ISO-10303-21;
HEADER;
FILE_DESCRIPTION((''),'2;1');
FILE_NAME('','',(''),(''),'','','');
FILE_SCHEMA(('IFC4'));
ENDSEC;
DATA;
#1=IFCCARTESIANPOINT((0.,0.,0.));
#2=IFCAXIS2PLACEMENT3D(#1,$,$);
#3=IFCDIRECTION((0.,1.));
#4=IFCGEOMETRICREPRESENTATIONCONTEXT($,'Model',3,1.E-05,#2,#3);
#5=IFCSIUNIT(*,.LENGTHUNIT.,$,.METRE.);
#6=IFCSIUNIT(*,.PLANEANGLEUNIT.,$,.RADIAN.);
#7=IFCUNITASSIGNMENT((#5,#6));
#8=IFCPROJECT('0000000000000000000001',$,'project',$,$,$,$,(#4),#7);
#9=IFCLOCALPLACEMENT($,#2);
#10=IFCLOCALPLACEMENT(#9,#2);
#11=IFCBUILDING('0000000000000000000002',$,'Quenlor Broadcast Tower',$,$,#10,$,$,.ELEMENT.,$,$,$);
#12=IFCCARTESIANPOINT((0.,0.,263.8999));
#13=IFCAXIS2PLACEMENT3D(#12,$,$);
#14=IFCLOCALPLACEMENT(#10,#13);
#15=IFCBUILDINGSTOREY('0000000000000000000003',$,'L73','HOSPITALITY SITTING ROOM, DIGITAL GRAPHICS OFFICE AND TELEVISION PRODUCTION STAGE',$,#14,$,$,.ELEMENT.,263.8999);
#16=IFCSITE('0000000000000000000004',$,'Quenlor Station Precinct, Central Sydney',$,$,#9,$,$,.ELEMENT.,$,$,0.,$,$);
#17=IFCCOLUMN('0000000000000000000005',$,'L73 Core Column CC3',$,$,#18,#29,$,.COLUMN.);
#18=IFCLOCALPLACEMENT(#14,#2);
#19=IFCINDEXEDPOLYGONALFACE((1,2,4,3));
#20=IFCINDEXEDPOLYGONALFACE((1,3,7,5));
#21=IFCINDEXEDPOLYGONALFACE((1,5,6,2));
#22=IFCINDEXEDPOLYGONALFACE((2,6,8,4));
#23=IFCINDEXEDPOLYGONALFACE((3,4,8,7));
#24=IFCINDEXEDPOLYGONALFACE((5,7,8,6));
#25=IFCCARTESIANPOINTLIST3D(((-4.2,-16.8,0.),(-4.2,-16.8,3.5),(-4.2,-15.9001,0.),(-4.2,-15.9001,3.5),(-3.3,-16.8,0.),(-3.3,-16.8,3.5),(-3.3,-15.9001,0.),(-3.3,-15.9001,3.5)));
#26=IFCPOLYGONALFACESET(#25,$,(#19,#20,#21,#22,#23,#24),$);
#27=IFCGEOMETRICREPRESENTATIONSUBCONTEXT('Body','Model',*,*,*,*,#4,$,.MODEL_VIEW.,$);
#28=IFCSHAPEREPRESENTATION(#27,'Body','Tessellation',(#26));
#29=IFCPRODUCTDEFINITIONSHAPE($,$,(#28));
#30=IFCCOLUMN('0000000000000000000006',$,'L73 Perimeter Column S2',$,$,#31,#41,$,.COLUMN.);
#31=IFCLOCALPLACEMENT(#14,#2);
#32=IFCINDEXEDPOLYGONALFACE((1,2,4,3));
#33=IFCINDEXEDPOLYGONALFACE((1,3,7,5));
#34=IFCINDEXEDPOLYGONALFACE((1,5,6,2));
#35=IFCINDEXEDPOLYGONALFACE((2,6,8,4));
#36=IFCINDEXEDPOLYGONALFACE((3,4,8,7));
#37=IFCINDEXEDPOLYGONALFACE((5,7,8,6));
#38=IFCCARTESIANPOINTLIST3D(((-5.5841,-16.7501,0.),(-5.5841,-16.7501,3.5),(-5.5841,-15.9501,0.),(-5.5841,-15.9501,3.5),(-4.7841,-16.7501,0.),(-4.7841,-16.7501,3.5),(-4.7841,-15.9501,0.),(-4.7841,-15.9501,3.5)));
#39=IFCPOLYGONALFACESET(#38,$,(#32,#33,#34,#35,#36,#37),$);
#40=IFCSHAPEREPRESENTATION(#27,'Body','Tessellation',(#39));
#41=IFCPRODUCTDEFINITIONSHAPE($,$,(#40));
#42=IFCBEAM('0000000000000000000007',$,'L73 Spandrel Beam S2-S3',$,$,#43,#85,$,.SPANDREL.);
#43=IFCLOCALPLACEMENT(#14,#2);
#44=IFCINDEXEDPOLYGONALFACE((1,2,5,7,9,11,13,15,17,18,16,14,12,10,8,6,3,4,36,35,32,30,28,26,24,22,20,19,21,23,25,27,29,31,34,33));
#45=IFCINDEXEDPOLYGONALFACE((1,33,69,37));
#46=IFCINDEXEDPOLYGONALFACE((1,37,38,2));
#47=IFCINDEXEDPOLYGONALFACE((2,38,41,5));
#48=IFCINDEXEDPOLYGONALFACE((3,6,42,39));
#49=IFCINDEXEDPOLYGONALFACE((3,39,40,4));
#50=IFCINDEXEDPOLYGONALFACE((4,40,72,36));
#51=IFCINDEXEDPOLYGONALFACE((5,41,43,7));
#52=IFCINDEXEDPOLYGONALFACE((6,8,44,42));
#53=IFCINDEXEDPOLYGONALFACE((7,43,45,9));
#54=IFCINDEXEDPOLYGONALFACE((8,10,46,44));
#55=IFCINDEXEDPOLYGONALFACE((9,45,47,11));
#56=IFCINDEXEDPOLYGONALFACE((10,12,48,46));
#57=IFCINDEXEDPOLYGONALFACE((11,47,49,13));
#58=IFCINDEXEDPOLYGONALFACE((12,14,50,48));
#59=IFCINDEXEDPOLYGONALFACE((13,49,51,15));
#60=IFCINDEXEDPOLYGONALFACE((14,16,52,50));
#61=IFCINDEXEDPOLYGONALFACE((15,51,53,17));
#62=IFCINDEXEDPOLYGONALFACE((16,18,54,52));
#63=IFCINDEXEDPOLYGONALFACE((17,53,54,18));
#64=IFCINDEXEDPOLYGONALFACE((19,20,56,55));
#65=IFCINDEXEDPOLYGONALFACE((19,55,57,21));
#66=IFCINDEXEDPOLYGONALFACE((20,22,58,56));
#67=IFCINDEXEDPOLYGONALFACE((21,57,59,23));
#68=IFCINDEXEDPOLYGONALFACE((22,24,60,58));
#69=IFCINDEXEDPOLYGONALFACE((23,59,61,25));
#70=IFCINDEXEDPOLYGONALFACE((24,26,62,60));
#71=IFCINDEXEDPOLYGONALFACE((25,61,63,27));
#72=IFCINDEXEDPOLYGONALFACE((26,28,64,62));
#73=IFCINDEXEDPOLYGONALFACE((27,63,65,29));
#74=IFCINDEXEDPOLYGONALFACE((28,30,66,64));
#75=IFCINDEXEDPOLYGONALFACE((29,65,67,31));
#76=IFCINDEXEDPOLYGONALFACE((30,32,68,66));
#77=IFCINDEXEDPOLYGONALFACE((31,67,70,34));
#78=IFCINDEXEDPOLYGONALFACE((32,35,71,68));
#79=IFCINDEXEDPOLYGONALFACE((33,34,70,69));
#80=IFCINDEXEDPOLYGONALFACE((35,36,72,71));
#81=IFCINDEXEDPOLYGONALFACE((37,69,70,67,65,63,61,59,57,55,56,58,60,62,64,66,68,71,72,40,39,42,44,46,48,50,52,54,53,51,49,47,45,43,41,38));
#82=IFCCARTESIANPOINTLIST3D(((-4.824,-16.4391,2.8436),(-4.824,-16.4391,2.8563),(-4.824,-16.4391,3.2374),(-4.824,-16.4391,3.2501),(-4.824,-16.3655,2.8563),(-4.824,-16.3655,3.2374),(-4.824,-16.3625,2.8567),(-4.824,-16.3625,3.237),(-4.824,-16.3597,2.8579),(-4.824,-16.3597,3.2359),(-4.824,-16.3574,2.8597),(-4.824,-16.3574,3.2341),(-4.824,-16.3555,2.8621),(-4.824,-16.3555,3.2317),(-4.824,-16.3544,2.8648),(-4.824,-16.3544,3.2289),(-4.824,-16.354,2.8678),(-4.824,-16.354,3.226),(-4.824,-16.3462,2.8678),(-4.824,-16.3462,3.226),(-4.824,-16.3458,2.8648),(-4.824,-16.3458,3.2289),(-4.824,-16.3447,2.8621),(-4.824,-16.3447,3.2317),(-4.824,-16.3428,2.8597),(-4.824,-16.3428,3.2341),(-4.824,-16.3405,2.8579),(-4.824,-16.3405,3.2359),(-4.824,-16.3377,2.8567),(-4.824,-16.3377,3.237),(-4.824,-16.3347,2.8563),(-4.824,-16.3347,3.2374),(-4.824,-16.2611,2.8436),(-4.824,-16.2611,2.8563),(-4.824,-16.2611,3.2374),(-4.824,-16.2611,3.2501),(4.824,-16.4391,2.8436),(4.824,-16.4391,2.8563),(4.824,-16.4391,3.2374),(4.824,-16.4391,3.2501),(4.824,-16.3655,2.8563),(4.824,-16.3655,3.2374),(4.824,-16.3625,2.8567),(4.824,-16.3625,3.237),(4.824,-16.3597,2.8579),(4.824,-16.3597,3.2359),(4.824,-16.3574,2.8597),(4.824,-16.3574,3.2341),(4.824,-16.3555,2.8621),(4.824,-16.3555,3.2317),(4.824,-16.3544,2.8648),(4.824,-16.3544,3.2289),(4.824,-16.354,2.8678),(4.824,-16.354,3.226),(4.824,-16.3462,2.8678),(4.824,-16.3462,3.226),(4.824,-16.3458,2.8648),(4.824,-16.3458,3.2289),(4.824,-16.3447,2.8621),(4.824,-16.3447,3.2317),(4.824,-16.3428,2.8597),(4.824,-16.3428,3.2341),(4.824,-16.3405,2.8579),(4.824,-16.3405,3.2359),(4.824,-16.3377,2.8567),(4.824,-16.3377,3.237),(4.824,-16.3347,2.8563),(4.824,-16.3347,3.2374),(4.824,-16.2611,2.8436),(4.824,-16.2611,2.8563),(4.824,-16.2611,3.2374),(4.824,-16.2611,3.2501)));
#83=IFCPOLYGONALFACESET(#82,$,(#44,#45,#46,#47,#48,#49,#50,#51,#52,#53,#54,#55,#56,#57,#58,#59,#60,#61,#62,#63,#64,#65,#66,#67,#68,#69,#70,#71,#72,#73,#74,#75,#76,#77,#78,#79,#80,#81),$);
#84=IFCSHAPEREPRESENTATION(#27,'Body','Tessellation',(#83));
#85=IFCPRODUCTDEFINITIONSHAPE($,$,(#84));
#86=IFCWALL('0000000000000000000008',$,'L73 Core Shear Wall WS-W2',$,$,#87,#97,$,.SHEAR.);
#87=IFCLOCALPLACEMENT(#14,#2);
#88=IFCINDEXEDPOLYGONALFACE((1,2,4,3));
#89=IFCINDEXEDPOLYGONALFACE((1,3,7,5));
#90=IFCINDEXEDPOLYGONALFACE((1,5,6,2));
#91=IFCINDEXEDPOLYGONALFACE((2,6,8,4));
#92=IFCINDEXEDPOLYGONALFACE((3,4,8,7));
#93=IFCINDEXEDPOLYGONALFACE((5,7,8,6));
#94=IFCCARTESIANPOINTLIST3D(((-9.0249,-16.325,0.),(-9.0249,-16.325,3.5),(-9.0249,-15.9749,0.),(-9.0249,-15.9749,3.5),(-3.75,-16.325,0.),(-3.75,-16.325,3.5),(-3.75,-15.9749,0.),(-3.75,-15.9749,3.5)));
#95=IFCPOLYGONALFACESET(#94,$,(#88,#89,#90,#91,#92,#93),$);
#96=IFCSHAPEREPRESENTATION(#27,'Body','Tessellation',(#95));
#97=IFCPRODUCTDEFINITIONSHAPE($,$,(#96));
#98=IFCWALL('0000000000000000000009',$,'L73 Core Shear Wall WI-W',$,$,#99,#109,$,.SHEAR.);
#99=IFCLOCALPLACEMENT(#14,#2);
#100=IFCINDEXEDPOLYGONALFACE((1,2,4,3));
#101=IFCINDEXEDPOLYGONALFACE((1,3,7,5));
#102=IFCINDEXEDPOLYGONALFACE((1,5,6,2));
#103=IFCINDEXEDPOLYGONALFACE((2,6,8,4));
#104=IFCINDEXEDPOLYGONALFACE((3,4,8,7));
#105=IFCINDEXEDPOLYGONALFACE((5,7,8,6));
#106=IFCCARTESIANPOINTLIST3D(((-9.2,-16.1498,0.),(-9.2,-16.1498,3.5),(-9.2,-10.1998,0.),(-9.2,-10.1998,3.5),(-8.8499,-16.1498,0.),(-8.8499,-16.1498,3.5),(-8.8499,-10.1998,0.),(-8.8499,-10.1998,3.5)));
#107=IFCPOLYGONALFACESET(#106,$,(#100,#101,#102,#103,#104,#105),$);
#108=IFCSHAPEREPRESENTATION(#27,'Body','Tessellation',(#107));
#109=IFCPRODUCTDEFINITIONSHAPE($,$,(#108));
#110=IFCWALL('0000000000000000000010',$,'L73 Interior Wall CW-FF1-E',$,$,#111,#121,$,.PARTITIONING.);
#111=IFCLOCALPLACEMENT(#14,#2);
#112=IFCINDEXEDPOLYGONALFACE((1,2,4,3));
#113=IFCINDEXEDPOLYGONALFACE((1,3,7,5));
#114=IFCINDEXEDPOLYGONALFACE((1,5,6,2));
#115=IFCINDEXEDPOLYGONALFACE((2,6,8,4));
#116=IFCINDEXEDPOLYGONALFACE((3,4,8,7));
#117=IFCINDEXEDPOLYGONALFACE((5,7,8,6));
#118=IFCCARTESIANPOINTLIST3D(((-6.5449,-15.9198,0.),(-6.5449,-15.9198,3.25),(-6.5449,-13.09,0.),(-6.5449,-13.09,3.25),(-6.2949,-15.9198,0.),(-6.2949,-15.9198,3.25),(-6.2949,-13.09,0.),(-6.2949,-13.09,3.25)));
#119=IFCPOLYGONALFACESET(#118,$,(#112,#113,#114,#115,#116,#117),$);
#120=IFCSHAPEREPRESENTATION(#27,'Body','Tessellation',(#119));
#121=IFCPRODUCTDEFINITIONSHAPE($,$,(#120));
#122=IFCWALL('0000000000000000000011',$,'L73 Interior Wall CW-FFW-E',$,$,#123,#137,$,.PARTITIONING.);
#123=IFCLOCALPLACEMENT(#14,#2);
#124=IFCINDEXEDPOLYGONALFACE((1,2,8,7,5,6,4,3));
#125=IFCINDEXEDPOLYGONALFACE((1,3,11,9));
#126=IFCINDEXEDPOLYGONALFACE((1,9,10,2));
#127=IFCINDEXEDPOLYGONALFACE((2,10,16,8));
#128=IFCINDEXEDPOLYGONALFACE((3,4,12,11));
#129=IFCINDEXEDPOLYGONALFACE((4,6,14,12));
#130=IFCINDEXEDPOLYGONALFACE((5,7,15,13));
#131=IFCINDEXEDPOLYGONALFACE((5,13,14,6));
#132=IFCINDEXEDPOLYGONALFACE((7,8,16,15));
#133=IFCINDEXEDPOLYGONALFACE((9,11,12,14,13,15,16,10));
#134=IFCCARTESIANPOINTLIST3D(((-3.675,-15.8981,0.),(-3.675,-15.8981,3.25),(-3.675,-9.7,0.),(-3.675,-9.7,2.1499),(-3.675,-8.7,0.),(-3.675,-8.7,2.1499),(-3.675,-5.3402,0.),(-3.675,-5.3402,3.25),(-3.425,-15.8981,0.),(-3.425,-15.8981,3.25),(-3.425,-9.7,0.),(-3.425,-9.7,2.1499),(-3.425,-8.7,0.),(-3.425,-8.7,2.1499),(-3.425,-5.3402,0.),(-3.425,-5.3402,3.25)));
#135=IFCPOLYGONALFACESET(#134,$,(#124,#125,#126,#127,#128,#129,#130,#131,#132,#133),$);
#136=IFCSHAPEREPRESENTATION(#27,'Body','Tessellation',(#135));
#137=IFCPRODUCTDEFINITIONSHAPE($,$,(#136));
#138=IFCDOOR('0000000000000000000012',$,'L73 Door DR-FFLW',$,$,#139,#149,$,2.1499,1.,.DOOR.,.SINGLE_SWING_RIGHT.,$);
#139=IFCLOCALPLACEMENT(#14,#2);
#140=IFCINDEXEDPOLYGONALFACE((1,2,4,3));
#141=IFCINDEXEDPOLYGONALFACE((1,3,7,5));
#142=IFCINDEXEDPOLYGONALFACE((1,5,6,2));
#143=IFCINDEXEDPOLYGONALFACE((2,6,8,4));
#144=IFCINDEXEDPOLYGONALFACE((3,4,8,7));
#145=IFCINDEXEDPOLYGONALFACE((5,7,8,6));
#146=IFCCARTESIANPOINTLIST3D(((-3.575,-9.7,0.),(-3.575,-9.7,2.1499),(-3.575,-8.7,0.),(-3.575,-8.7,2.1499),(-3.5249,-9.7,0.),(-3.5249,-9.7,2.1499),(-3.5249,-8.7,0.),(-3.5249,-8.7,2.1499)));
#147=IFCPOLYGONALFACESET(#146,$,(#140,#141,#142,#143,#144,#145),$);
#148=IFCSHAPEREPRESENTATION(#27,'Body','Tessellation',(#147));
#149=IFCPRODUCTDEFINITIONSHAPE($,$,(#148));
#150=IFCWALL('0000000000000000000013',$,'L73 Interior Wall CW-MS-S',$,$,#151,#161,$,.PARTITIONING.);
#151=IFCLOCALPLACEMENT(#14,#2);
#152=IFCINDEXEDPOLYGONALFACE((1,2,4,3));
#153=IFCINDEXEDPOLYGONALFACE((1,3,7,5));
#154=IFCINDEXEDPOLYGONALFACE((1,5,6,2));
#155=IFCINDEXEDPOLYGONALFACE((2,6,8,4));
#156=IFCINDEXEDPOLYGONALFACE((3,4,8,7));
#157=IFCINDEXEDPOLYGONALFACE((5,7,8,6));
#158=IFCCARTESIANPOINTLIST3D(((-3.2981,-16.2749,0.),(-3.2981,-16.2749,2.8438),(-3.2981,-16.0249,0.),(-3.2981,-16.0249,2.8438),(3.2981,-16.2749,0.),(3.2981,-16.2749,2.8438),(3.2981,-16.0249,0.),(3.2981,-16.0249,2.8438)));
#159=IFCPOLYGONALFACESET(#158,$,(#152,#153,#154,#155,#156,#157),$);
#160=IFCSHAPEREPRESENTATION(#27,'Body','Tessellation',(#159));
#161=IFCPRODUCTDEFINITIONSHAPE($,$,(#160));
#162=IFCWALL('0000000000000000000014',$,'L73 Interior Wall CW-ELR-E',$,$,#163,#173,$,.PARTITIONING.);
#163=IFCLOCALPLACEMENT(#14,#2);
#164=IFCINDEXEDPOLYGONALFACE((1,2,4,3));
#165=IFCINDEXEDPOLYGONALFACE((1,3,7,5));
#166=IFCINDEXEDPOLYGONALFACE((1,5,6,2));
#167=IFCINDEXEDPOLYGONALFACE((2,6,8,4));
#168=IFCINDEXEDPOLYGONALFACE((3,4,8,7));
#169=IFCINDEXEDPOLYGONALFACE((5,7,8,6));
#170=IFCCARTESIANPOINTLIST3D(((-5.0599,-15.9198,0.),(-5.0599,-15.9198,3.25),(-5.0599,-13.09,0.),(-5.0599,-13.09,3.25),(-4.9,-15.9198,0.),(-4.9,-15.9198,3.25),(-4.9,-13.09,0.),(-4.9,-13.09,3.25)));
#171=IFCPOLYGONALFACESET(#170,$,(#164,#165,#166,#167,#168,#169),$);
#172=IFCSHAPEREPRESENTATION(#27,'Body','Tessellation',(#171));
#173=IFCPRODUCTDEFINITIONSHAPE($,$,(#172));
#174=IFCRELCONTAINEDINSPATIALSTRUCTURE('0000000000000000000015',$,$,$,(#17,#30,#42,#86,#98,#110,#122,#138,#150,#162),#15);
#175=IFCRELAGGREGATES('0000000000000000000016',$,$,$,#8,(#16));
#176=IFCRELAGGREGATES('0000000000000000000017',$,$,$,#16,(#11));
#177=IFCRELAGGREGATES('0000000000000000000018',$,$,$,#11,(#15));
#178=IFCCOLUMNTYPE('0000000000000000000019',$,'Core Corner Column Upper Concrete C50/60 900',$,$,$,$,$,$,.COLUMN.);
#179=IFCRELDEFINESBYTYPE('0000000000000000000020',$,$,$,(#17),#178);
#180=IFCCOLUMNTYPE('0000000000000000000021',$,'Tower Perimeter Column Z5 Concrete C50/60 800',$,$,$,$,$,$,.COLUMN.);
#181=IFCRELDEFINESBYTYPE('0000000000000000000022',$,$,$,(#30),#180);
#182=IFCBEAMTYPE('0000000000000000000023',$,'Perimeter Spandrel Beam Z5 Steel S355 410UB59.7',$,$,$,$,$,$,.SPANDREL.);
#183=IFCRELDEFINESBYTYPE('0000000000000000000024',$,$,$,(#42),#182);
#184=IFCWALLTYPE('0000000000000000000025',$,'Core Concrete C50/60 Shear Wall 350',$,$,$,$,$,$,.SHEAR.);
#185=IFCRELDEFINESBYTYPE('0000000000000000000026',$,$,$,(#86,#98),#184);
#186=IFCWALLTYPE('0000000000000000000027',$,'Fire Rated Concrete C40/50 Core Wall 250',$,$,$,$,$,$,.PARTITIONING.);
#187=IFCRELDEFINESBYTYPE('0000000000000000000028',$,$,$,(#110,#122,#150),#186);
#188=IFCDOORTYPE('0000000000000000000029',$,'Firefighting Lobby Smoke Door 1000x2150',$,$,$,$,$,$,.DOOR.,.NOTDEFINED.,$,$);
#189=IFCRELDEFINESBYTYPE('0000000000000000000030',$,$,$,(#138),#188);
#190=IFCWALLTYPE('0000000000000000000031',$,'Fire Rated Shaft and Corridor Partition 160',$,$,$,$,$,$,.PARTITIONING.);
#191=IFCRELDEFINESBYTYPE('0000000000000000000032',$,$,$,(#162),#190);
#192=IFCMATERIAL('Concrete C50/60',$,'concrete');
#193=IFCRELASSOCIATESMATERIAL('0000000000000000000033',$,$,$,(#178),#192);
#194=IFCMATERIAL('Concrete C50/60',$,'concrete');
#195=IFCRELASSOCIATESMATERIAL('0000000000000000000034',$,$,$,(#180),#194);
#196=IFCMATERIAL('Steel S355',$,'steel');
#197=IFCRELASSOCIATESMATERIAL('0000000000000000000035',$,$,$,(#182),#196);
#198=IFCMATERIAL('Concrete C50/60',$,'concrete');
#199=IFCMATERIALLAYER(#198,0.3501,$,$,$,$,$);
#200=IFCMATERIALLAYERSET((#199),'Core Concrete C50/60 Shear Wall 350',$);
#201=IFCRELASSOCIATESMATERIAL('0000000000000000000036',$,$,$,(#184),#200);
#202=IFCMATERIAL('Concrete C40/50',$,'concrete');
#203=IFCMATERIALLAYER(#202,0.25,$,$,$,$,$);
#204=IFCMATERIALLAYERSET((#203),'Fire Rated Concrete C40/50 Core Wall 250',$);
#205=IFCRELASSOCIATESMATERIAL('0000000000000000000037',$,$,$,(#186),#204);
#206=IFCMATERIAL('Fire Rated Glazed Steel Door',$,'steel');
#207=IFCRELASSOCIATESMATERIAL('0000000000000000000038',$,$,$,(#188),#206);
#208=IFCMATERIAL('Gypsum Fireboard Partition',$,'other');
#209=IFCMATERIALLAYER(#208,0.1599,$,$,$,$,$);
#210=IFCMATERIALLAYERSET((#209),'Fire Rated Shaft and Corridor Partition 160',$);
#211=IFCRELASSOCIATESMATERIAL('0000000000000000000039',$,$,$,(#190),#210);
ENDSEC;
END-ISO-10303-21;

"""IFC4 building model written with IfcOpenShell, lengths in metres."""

from ifc_helpers import new_model, si_unit, direction, frame, frame_2d, origin, origin_2d, place, context, subcontext, project, spatial, rectangle, i_section, extrude, material, layer, layer_set, material_profile, profile_set, type_object, element, fill, save


model = new_model("IFC4")

# Units and contexts
model_context = context("Model", 3, precision=1e-05, world=origin(), true_north=direction((0.0, 1.0)))
body_context = subcontext(model_context, "Body", "Model", "MODEL_VIEW")
ifc_project = project(units=[si_unit("LENGTHUNIT", "METRE"), si_unit("PLANEANGLEUNIT", "RADIAN")], contexts=[model_context])

# Site, building, storey
site_placement = place(None, origin())
site = spatial("IfcSite", under=ifc_project, at=site_placement, Name="Quenlor Station Precinct, Central Sydney", CompositionType="ELEMENT", RefElevation=0.0)
building_placement = place(site_placement, origin())
building = spatial("IfcBuilding", under=site, at=building_placement, Name="Quenlor Broadcast Tower", CompositionType="ELEMENT")
storey_placement = place(building_placement, frame((0.0, 0.0, 263.8999)))
storey = spatial("IfcBuildingStorey", under=building, at=storey_placement, Name="L73", Description="HOSPITALITY SITTING ROOM, DIGITAL GRAPHICS OFFICE AND TELEVISION PRODUCTION STAGE", CompositionType="ELEMENT", Elevation=263.8999)

# Columns
ifc_material_1 = material(Name="Concrete C50/60", Category="concrete")
ifc_material_profile_1 = material_profile(ifc_material_1, rectangle(XDim=0.8999, YDim=0.8999, at=origin_2d()))
ifc_profile_set_1 = profile_set([ifc_material_profile_1], Name="Concrete C50/60 RC900x900")
column_type_1 = type_object("IfcColumnType", Name="Core Corner Column Upper Concrete C50/60 900", PredefinedType="COLUMN", material=ifc_profile_set_1)
column_1_placement = place(storey_placement, frame((-3.75, -16.3501, 0.0), z_axis=(0.0, 0.0, 1.0), x_axis=(1.0, 0.0, 0.0)))
element("IfcColumn", 1, at=column_1_placement, inside=storey, type_object=column_type_1, Name="L73 Core Column CC3", PredefinedType="COLUMN", context=body_context, shape_type="SweptSolid", body=[
    extrude(rectangle(XDim=0.8999, YDim=0.8999, at=origin_2d()), origin(), (0.0, 0.0, 1.0), 3.5),
])
ifc_material_2 = material(Name="Concrete C50/60", Category="concrete")
ifc_material_profile_2 = material_profile(ifc_material_2, rectangle(XDim=0.8, YDim=0.8, at=origin_2d()))
ifc_profile_set_2 = profile_set([ifc_material_profile_2], Name="Concrete C50/60 RC800x800")
column_type_2 = type_object("IfcColumnType", Name="Tower Perimeter Column Z5 Concrete C50/60 800", PredefinedType="COLUMN", material=ifc_profile_set_2)
column_2_placement = place(storey_placement, frame((-5.1841, -16.3501, 0.0), z_axis=(0.0, 0.0, 1.0), x_axis=(0.0, 1.0, 0.0)))
element("IfcColumn", 2, at=column_2_placement, inside=storey, type_object=column_type_2, Name="L73 Perimeter Column S2", PredefinedType="COLUMN", context=body_context, shape_type="SweptSolid", body=[
    extrude(rectangle(XDim=0.8, YDim=0.8, at=origin_2d()), origin(), (0.0, 0.0, 1.0), 3.5),
])

# Beam
ifc_material_3 = material(Name="Steel S355", Category="steel")
ifc_material_profile_3 = material_profile(ifc_material_3, i_section(OverallWidth=0.178, OverallDepth=0.4065, WebThickness=0.0078, FlangeThickness=0.0127, FilletRadius=0.0115, at=origin_2d()))
ifc_profile_set_3 = profile_set([ifc_material_profile_3], Name="Steel S355 410UB59.7")
beam_type = type_object("IfcBeamType", Name="Perimeter Spandrel Beam Z5 Steel S355 410UB59.7", PredefinedType="SPANDREL", material=ifc_profile_set_3)
beam_placement = place(storey_placement, frame((-4.824, -16.3501, 3.0469), z_axis=(1.0, 0.0, 0.0), x_axis=(0.0, 1.0, 0.0)))
element("IfcBeam", 3, at=beam_placement, inside=storey, type_object=beam_type, Name="L73 Spandrel Beam S2-S3", PredefinedType="SPANDREL", context=body_context, shape_type="SweptSolid", body=[
    extrude(i_section(OverallWidth=0.178, OverallDepth=0.4065, WebThickness=0.0078, FlangeThickness=0.0127, FilletRadius=0.0115, at=origin_2d()), origin(), (0.0, 0.0, 1.0), 9.6479),
])

# Walls
ifc_material_4 = material(Name="Concrete C50/60", Category="concrete")
ifc_layer_1 = layer(ifc_material_4, 0.3501)
ifc_layer_set_1 = layer_set([ifc_layer_1], Name="Core Concrete C50/60 Shear Wall 350")
wall_type_1 = type_object("IfcWallType", Name="Core Concrete C50/60 Shear Wall 350", PredefinedType="SHEAR", material=ifc_layer_set_1)
wall_1_placement = place(storey_placement, frame((-9.0249, -16.1499, 0.0), z_axis=(0.0, 0.0, 1.0), x_axis=(1.0, 0.0, 0.0)))
element("IfcWall", 4, at=wall_1_placement, inside=storey, type_object=wall_type_1, Name="L73 Core Shear Wall WS-W2", PredefinedType="SHEAR", context=body_context, shape_type="SweptSolid", body=[
    extrude(rectangle(XDim=5.2749, YDim=0.3501, at=frame_2d((2.6375, 0.0))), origin(), (0.0, 0.0, 1.0), 3.5),
])
wall_2_placement = place(storey_placement, frame((-9.0249, -16.1499, 0.0), z_axis=(0.0, 0.0, 1.0), x_axis=(0.0, 1.0, 0.0)))
element("IfcWall", 5, at=wall_2_placement, inside=storey, type_object=wall_type_1, Name="L73 Core Shear Wall WI-W", PredefinedType="SHEAR", context=body_context, shape_type="SweptSolid", body=[
    extrude(rectangle(XDim=5.95, YDim=0.3501, at=frame_2d((2.9751, 0.0))), origin(), (0.0, 0.0, 1.0), 3.5),
])

# Shared definitions
ifc_material_5 = material(Name="Concrete C40/50", Category="concrete")
ifc_layer_2 = layer(ifc_material_5, 0.25)
ifc_layer_set_2 = layer_set([ifc_layer_2], Name="Fire Rated Concrete C40/50 Core Wall 250")
wall_type_2 = type_object("IfcWallType", Name="Fire Rated Concrete C40/50 Core Wall 250", PredefinedType="PARTITIONING", material=ifc_layer_set_2)

# Wall
wall_3_placement = place(storey_placement, frame((-6.4199, -15.9199, 0.0), z_axis=(0.0, 0.0, 1.0), x_axis=(0.0, 1.0, 0.0)))
element("IfcWall", 6, at=wall_3_placement, inside=storey, type_object=wall_type_2, Name="L73 Interior Wall CW-FF1-E", PredefinedType="PARTITIONING", context=body_context, shape_type="SweptSolid", body=[
    extrude(rectangle(XDim=2.8298, YDim=0.25, at=frame_2d((1.415, 0.0))), origin(), (0.0, 0.0, 1.0), 3.25),
])

# Wall, opening, door
wall_4_placement = place(storey_placement, frame((-3.55, -15.8979, 0.0), z_axis=(0.0, 0.0, 1.0), x_axis=(0.0, 1.0, 0.0)))
wall_4 = element("IfcWall", 7, at=wall_4_placement, inside=storey, type_object=wall_type_2, Name="L73 Interior Wall CW-FFW-E", PredefinedType="PARTITIONING", context=body_context, shape_type="SweptSolid", body=[
    extrude(rectangle(XDim=10.5579, YDim=0.25, at=frame_2d((5.2788, 0.0))), origin(), (0.0, 0.0, 1.0), 3.25),
])
opening_1_placement = place(wall_4_placement, frame((6.198, 0.0, 0.0)))
opening_1 = element("IfcOpeningElement", 8, at=opening_1_placement, cuts=wall_4, PredefinedType="OPENING", context=body_context, shape_type="SweptSolid", body=[
    extrude(rectangle(XDim=1.0, YDim=2.1499, at=frame_2d((0.5, 1.075))), frame((0.0, 0.135, 0.0), z_axis=(0.0, -1.0, 0.0), x_axis=(1.0, 0.0, 0.0)), (0.0, 0.0, 1.0), 0.27),
])
ifc_material_6 = material(Name="Fire Rated Glazed Steel Door", Category="steel")
door_type_1 = type_object("IfcDoorType", Name="Firefighting Lobby Smoke Door 1000x2150", OperationType="NOTDEFINED", PredefinedType="DOOR", material=ifc_material_6)
door_1_placement = place(opening_1_placement, origin())
door_1 = element("IfcDoor", 9, at=door_1_placement, inside=storey, type_object=door_type_1, Name="L73 Door DR-FFLW", OperationType="SINGLE_SWING_RIGHT", OverallHeight=2.1499, OverallWidth=1.0, PredefinedType="DOOR", context=body_context, shape_type="SweptSolid", body=[
    extrude(rectangle(XDim=1.0, YDim=2.1499, at=frame_2d((0.5, 1.075))), frame((0.0, 0.0249, 0.0), z_axis=(0.0, -1.0, 0.0), x_axis=(1.0, 0.0, 0.0)), (0.0, 0.0, 1.0), 0.05),
])
fill(opening_1, door_1)

# Walls
wall_5_placement = place(storey_placement, frame((-3.2981, -16.1499, 0.0), z_axis=(0.0, 0.0, 1.0), x_axis=(1.0, 0.0, 0.0)))
element("IfcWall", 10, at=wall_5_placement, inside=storey, type_object=wall_type_2, Name="L73 Interior Wall CW-MS-S", PredefinedType="PARTITIONING", context=body_context, shape_type="SweptSolid", body=[
    extrude(rectangle(XDim=6.5962, YDim=0.25, at=frame_2d((3.2981, 0.0))), origin(), (0.0, 0.0, 1.0), 2.8438),
])
ifc_material_7 = material(Name="Gypsum Fireboard Partition", Category="other")
ifc_layer_3 = layer(ifc_material_7, 0.1599)
ifc_layer_set_3 = layer_set([ifc_layer_3], Name="Fire Rated Shaft and Corridor Partition 160")
wall_type_3 = type_object("IfcWallType", Name="Fire Rated Shaft and Corridor Partition 160", PredefinedType="PARTITIONING", material=ifc_layer_set_3)
wall_6_placement = place(storey_placement, frame((-4.98, -15.9199, 0.0), z_axis=(0.0, 0.0, 1.0), x_axis=(0.0, 1.0, 0.0)))
element("IfcWall", 11, at=wall_6_placement, inside=storey, type_object=wall_type_3, Name="L73 Interior Wall CW-ELR-E", PredefinedType="PARTITIONING", context=body_context, shape_type="SweptSolid", body=[
    extrude(rectangle(XDim=2.8298, YDim=0.1599, at=frame_2d((1.415, 0.0))), origin(), (0.0, 0.0, 1.0), 3.25),
])

save(model, "model.ifc")
